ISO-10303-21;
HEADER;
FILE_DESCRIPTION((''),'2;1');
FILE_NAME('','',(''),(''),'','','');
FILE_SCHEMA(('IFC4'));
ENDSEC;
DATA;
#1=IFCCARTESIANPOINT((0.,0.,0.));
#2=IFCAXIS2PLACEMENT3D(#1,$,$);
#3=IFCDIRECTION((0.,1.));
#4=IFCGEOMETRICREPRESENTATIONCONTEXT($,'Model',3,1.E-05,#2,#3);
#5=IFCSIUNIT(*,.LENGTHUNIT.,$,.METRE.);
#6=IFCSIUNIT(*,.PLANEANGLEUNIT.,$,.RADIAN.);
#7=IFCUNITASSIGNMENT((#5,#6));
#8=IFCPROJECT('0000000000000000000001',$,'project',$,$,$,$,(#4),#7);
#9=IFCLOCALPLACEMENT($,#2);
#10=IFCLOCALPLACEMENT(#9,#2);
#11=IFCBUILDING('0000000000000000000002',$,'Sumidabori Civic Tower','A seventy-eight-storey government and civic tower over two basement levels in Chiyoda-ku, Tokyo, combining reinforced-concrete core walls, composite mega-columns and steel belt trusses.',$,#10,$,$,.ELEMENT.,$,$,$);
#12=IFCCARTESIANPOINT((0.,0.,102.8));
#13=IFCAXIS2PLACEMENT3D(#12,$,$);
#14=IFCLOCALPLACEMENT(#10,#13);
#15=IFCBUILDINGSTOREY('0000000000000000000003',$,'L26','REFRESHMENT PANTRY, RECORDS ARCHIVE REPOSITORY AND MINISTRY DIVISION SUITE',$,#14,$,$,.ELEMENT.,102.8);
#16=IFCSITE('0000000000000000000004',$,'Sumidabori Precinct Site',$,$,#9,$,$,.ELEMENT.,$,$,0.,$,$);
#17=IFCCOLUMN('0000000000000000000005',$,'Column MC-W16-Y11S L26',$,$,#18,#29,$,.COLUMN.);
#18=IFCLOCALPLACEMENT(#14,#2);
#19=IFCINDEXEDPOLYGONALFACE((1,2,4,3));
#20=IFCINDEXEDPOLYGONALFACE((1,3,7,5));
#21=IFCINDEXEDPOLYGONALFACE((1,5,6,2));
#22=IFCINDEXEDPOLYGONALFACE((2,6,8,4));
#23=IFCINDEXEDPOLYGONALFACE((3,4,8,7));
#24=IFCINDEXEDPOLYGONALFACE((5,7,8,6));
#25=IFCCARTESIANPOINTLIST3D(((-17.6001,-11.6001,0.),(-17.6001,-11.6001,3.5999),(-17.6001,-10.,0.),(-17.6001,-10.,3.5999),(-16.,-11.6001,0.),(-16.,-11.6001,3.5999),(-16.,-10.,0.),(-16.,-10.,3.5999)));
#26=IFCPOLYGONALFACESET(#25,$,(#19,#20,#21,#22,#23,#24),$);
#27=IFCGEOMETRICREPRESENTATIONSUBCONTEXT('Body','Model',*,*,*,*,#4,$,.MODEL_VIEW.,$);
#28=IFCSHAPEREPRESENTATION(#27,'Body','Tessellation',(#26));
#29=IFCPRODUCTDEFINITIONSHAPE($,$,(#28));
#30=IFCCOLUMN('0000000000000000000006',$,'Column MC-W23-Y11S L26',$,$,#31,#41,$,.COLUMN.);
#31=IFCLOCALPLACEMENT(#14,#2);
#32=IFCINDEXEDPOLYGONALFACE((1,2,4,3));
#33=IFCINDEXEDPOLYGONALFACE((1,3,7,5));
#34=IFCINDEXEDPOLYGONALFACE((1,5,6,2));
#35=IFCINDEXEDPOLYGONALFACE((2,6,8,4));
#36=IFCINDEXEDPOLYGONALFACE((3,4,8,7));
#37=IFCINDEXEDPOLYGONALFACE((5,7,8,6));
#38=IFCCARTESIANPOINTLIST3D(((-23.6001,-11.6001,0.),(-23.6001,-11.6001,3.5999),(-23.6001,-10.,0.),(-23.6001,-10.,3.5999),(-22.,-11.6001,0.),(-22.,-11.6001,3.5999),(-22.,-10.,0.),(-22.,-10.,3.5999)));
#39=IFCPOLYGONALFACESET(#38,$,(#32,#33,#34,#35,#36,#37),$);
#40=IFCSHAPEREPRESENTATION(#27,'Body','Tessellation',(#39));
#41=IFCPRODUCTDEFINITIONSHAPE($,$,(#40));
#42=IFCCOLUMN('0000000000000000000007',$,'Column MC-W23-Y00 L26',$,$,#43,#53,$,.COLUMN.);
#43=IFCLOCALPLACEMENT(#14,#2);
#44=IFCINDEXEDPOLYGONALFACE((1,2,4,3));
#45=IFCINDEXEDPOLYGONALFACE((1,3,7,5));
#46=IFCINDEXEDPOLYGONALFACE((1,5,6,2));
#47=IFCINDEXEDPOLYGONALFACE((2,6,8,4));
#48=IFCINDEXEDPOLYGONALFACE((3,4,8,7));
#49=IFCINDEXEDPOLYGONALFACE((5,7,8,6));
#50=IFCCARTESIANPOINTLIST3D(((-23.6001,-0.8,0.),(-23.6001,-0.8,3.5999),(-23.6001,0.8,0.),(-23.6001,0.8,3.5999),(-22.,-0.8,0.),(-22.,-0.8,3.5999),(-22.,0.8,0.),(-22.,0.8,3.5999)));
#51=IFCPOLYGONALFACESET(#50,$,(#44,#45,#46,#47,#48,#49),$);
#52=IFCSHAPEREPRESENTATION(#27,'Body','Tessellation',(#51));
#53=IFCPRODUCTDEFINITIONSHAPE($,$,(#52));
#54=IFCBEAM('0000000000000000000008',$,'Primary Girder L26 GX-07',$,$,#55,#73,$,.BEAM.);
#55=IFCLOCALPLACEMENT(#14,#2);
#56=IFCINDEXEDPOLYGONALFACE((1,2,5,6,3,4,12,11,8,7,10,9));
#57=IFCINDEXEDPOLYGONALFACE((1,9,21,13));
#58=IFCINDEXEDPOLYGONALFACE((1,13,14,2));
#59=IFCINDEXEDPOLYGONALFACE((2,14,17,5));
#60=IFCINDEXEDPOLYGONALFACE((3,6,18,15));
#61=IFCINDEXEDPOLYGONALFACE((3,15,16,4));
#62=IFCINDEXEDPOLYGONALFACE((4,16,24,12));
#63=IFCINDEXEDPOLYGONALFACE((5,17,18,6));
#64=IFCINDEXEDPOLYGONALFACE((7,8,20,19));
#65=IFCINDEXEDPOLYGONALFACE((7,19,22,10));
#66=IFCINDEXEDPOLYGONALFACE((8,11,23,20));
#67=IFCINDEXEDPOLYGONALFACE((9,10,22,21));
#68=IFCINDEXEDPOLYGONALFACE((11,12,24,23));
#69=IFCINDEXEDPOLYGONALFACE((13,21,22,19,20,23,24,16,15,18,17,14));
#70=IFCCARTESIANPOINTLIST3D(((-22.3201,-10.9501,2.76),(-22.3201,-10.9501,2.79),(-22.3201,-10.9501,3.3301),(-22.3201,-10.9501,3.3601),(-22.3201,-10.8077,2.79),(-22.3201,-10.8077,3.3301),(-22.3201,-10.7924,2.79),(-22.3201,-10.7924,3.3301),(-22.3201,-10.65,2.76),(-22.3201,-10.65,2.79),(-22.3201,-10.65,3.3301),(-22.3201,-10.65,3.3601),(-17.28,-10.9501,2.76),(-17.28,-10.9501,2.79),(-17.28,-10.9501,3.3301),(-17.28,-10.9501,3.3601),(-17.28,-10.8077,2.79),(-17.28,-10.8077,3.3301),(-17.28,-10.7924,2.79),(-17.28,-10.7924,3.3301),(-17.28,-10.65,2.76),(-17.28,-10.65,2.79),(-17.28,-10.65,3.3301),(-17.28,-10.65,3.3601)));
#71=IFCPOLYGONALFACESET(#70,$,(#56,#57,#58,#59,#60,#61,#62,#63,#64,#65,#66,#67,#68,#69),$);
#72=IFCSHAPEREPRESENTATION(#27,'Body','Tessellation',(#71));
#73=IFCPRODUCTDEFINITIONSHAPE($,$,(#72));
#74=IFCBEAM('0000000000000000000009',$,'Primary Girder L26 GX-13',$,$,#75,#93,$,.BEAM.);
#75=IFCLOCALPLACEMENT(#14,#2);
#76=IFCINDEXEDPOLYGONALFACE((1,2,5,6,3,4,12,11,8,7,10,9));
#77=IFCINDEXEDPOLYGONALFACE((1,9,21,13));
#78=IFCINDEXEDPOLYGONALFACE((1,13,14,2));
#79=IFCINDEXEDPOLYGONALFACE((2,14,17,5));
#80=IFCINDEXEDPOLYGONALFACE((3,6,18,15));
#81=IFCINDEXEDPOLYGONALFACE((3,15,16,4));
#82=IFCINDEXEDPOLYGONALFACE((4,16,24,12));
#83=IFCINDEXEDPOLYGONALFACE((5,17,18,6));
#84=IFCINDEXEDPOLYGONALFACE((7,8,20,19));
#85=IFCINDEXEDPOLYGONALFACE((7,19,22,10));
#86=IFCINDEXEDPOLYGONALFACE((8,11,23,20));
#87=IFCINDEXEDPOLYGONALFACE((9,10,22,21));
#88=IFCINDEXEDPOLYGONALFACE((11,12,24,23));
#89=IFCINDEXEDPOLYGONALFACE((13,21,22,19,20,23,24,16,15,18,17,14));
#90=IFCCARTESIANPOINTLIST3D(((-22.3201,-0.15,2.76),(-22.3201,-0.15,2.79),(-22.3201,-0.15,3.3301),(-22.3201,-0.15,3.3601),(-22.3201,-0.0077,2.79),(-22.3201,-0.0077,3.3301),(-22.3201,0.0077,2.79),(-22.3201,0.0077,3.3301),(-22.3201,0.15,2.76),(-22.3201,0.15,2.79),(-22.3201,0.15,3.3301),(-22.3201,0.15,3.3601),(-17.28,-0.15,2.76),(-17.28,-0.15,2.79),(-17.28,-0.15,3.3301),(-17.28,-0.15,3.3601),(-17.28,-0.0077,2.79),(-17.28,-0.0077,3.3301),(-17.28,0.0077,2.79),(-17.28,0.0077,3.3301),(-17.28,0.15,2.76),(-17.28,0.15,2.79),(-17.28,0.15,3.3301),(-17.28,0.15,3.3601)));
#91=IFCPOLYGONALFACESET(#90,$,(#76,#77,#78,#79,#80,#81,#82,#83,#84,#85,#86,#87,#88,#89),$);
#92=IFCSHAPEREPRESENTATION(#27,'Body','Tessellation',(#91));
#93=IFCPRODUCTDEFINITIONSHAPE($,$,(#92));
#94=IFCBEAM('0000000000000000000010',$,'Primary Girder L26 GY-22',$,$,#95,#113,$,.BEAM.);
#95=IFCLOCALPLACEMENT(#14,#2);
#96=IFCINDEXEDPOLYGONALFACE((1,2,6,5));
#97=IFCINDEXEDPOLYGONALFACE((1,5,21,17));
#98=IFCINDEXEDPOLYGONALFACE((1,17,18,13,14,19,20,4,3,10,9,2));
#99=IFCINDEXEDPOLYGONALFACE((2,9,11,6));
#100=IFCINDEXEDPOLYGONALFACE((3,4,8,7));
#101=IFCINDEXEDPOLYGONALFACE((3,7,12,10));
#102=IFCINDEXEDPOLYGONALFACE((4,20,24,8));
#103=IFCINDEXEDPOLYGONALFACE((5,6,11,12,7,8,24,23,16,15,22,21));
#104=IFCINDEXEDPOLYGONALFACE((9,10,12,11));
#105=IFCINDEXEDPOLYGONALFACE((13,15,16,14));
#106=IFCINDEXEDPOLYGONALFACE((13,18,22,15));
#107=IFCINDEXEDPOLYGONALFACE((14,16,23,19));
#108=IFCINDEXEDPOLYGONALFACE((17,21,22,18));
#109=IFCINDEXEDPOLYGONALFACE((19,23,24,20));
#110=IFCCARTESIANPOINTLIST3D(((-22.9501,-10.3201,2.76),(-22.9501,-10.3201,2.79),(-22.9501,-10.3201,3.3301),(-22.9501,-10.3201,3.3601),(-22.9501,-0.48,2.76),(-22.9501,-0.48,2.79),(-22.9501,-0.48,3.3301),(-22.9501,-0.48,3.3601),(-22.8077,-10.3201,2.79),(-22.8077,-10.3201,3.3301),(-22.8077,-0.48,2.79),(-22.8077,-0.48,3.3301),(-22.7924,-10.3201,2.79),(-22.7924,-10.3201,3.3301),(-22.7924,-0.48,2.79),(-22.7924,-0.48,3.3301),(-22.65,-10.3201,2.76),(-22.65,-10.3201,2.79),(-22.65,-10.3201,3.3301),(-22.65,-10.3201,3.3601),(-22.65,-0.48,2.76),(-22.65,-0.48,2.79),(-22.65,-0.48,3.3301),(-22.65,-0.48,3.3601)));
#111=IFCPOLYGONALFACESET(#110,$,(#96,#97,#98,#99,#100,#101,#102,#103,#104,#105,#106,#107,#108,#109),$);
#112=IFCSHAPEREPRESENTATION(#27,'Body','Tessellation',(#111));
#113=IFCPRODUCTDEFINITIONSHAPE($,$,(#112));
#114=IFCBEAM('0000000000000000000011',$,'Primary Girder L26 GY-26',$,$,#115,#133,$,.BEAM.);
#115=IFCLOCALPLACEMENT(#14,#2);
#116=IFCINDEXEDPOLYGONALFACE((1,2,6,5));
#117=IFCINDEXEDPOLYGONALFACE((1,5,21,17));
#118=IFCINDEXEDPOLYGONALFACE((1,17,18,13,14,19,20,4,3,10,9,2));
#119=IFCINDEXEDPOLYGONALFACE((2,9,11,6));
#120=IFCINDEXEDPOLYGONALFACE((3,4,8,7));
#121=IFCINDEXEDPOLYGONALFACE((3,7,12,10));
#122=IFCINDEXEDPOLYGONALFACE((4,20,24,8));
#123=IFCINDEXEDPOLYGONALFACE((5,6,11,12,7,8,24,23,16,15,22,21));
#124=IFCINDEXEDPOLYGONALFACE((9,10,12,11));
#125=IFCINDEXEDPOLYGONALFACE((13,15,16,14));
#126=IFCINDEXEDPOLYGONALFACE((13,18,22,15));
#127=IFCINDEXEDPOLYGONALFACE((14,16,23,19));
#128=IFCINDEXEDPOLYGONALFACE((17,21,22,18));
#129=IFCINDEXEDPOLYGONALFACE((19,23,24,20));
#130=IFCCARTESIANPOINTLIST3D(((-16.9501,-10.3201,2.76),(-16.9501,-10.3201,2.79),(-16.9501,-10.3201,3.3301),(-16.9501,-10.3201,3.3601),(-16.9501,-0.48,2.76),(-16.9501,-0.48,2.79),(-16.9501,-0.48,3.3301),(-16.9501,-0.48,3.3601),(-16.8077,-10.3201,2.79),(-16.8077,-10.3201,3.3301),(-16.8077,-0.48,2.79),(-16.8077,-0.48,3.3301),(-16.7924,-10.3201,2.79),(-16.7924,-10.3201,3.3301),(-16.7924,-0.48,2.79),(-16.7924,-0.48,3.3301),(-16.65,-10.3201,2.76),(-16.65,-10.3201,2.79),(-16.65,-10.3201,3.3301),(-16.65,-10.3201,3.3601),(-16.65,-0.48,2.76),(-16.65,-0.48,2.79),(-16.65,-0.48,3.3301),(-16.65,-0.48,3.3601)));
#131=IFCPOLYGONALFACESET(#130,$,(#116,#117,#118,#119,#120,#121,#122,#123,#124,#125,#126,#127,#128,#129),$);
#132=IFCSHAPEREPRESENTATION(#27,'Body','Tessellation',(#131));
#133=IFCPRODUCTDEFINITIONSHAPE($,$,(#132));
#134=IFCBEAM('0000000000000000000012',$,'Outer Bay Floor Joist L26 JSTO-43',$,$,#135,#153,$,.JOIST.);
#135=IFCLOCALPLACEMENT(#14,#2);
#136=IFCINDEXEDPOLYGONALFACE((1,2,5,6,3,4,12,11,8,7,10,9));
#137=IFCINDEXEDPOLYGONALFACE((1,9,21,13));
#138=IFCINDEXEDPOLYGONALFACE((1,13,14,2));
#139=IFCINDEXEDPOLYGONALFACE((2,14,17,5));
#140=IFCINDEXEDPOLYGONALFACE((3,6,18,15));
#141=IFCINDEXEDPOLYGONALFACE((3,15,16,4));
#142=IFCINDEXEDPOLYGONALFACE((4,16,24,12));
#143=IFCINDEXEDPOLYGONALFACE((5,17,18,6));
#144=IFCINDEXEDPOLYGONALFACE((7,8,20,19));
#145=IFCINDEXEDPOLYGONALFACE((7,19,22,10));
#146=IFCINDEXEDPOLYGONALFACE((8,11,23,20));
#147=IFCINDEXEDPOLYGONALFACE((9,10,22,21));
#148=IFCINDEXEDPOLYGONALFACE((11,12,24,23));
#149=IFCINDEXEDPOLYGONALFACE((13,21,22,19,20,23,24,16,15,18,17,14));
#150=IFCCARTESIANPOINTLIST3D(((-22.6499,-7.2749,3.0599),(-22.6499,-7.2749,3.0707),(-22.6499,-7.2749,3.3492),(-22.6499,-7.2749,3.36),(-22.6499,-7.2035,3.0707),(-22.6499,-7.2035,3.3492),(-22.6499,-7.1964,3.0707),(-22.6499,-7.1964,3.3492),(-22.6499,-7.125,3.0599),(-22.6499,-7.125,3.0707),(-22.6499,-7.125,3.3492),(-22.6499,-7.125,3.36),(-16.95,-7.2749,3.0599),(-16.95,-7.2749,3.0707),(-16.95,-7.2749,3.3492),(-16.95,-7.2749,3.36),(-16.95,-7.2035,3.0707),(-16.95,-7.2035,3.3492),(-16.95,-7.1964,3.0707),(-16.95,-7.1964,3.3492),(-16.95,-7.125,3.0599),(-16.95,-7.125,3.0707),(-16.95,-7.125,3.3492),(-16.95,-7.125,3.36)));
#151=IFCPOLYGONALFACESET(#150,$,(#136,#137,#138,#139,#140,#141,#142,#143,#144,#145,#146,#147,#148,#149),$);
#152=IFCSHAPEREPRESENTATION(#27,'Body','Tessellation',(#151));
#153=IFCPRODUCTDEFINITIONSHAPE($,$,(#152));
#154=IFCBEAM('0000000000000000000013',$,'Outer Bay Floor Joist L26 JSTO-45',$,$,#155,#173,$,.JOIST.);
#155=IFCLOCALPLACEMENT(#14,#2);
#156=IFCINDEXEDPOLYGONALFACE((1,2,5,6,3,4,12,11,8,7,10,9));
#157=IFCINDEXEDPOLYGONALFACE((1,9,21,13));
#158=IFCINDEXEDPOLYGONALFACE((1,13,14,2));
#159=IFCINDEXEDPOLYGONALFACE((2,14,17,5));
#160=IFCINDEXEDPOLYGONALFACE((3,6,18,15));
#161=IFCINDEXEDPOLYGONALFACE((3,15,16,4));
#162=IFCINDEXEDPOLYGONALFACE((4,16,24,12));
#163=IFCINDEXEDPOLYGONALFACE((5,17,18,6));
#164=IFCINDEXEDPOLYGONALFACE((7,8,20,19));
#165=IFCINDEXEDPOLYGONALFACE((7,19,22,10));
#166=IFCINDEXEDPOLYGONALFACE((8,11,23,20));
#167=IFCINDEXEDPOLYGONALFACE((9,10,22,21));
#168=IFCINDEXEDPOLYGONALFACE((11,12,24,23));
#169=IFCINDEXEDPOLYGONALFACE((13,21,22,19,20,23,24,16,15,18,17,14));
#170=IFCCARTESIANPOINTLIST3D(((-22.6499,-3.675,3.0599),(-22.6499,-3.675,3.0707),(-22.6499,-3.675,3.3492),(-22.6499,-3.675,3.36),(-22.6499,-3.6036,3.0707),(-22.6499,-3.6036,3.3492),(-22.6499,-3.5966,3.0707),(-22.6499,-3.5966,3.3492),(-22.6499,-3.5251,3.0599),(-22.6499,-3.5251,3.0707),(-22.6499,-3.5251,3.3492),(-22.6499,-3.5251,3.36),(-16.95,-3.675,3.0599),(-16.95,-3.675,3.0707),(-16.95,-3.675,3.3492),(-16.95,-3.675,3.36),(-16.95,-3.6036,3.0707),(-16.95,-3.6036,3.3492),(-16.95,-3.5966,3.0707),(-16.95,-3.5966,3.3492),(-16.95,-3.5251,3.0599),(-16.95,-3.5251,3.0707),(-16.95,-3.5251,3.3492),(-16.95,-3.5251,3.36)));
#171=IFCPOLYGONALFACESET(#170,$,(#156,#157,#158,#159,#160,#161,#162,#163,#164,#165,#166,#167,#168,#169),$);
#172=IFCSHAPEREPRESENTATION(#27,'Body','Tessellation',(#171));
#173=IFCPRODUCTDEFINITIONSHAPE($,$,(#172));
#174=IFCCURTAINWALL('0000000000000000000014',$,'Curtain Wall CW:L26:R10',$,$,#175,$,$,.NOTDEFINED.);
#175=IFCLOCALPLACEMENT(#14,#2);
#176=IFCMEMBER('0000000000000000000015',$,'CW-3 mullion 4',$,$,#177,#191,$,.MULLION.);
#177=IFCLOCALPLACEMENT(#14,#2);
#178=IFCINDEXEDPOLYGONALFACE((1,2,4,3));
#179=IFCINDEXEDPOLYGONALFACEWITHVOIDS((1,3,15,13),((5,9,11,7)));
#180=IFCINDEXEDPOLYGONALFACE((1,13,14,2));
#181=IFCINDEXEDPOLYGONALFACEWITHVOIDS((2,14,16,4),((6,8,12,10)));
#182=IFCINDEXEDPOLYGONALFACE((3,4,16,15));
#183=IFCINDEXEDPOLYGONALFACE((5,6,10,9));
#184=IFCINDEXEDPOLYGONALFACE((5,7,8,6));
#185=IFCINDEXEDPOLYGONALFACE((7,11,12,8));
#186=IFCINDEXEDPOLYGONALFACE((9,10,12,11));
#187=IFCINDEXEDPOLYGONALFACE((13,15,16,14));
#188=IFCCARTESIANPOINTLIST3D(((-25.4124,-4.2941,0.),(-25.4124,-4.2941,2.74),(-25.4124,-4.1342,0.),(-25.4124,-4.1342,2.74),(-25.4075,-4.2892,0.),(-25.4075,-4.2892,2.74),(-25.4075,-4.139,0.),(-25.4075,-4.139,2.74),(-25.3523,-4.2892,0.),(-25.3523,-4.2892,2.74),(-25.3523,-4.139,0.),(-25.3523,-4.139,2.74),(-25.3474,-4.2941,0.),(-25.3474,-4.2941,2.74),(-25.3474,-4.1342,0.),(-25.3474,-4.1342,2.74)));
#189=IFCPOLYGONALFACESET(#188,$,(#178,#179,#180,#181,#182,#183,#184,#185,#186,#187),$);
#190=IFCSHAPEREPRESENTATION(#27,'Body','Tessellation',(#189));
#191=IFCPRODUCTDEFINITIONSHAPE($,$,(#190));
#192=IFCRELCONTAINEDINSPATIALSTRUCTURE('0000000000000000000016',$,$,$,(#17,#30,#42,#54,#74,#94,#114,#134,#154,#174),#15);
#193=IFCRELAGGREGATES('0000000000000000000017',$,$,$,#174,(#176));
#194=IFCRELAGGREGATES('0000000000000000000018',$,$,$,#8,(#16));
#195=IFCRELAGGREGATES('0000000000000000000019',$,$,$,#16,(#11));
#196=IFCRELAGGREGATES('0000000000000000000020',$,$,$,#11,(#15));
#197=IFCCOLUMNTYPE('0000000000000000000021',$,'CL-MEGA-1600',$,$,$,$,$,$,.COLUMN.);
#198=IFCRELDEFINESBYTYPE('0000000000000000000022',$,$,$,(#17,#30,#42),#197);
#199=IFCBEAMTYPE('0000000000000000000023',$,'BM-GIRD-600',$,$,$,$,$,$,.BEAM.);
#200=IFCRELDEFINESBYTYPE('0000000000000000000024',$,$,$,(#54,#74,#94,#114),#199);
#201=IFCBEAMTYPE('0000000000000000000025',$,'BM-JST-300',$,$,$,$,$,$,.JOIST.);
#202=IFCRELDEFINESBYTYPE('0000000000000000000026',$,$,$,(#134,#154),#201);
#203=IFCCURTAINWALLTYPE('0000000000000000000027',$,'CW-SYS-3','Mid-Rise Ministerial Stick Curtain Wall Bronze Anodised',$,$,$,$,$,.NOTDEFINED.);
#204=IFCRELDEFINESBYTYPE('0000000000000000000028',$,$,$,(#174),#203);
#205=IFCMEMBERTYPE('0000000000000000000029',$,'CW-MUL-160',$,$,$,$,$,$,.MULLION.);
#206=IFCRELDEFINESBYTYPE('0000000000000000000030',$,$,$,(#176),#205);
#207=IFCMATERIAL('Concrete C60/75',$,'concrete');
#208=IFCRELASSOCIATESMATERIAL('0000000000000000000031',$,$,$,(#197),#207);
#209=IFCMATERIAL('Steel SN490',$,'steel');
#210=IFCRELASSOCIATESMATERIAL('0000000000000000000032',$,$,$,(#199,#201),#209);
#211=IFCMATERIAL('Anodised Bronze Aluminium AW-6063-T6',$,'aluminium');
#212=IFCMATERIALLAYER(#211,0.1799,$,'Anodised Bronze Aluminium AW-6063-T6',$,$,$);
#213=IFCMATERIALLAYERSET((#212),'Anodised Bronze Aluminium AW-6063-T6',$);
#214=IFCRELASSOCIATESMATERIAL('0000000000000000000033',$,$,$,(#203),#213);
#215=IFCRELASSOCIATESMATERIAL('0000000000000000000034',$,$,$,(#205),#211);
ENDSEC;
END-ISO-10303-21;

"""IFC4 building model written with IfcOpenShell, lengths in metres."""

from ifc_helpers import new_model, si_unit, direction, frame, origin, origin_2d, place, context, subcontext, project, spatial, rectangle, hollow_rectangle, i_section, extrude, source, transform, mapped, material, layer, layer_set, material_profile, profile_set, type_object, element, aggregate, save


model = new_model("IFC4")

# Units and contexts
model_context = context("Model", 3, precision=1e-05, world=origin(), true_north=direction((0.0, 1.0)))
body_context = subcontext(model_context, "Body", "Model", "MODEL_VIEW")
ifc_project = project(units=[si_unit("LENGTHUNIT", "METRE"), si_unit("PLANEANGLEUNIT", "RADIAN")], contexts=[model_context])

# Site, building, storey
site_placement = place(None, origin())
site = spatial("IfcSite", under=ifc_project, at=site_placement, Name="Sumidabori Precinct Site", CompositionType="ELEMENT", RefElevation=0.0)
building_placement = place(site_placement, origin())
building = spatial("IfcBuilding", under=site, at=building_placement, Name="Sumidabori Civic Tower", Description="A seventy-eight-storey government and civic tower over two basement levels in Chiyoda-ku, Tokyo, combining reinforced-concrete core walls, composite mega-columns and steel belt trusses.", CompositionType="ELEMENT")
storey_placement = place(building_placement, frame((0.0, 0.0, 102.8)))
storey = spatial("IfcBuildingStorey", under=building, at=storey_placement, Name="L26", Description="REFRESHMENT PANTRY, RECORDS ARCHIVE REPOSITORY AND MINISTRY DIVISION SUITE", CompositionType="ELEMENT", Elevation=102.8)

# Columns
ifc_material_1 = material(Name="Concrete C60/75", Category="concrete")
ifc_material_profile_1 = material_profile(ifc_material_1, rectangle(XDim=1.6001, YDim=1.6001, at=origin_2d()), Name="RC 1600x1600")
ifc_profile_set_1 = profile_set([ifc_material_profile_1], Name="Concrete C60/75")
column_type = type_object("IfcColumnType", Name="CL-MEGA-1600", PredefinedType="COLUMN", material=ifc_profile_set_1)
shared_shape_1 = source(origin(), body_context, "Body", "SweptSolid", [
    extrude(rectangle(XDim=1.6001, YDim=1.6001, at=origin_2d()), origin(), (0.0, 0.0, 1.0), 3.5999),
])
for number, where, z_axis, x_axis, name in (
    (1, (-16.8, -10.8, 0.0), (0.0, 0.0, 1.0), (1.0, 0.0, 0.0), "Column MC-W16-Y11S L26"),
    (2, (-22.8, -10.8, 0.0), (0.0, 0.0, 1.0), (1.0, 0.0, 0.0), "Column MC-W23-Y11S L26"),
    (3, (-22.8, 0.0, 0.0), (0.0, 0.0, 1.0), (1.0, 0.0, 0.0), "Column MC-W23-Y00 L26"),
):
    element("IfcColumn", number, at=place(storey_placement, frame(where, z_axis=z_axis, x_axis=x_axis)), inside=storey, type_object=column_type, Name=name, PredefinedType="COLUMN", context=body_context, shape_type="MappedRepresentation", body=[
        mapped(shared_shape_1, transform((0.0, 0.0, 0.0), x_axis=(1.0, 0.0, 0.0), y_axis=(0.0, 1.0, 0.0), z_axis=(0.0, 0.0, 1.0), scale=1.0)),
    ])

# Beams
ifc_material_2 = material(Name="Steel SN490", Category="steel")
ifc_material_profile_2 = material_profile(ifc_material_2, i_section(OverallWidth=0.3, OverallDepth=0.6001, WebThickness=0.0154, FlangeThickness=0.03, at=origin_2d()), Name="HE 600 B")
ifc_profile_set_2 = profile_set([ifc_material_profile_2], Name="Steel SN490")
beam_type_1 = type_object("IfcBeamType", Name="BM-GIRD-600", PredefinedType="BEAM", material=ifc_profile_set_2)
shared_shape_2 = source(origin(), body_context, "Body", "SweptSolid", [
    extrude(i_section(OverallWidth=0.3, OverallDepth=0.6001, WebThickness=0.0154, FlangeThickness=0.03, at=origin_2d()), origin(), (0.0, 0.0, 1.0), 5.04),
])
for number, where, z_axis, x_axis, name in (
    (4, (-22.3201, -10.8, 3.0601), (1.0, 0.0, 0.0), (0.0, 1.0, 0.0), "Primary Girder L26 GX-07"),
    (5, (-22.3201, 0.0, 3.0601), (1.0, 0.0, 0.0), (0.0, 1.0, 0.0), "Primary Girder L26 GX-13"),
):
    element("IfcBeam", number, at=place(storey_placement, frame(where, z_axis=z_axis, x_axis=x_axis)), inside=storey, type_object=beam_type_1, Name=name, PredefinedType="BEAM", context=body_context, shape_type="MappedRepresentation", body=[
        mapped(shared_shape_2, transform((0.0, 0.0, 0.0), x_axis=(1.0, 0.0, 0.0), y_axis=(0.0, 1.0, 0.0), z_axis=(0.0, 0.0, 1.0), scale=1.0)),
    ])
shared_shape_3 = source(origin(), body_context, "Body", "SweptSolid", [
    extrude(i_section(OverallWidth=0.3, OverallDepth=0.6001, WebThickness=0.0154, FlangeThickness=0.03, at=origin_2d()), origin(), (0.0, 0.0, 1.0), 9.8401),
])
for number, where, z_axis, x_axis, name in (
    (6, (-22.8, -10.3201, 3.0601), (0.0, 1.0, 0.0), (-1.0, 0.0, 0.0), "Primary Girder L26 GY-22"),
    (7, (-16.8, -10.3201, 3.0601), (0.0, 1.0, 0.0), (-1.0, 0.0, 0.0), "Primary Girder L26 GY-26"),
):
    element("IfcBeam", number, at=place(storey_placement, frame(where, z_axis=z_axis, x_axis=x_axis)), inside=storey, type_object=beam_type_1, Name=name, PredefinedType="BEAM", context=body_context, shape_type="MappedRepresentation", body=[
        mapped(shared_shape_3, transform((0.0, 0.0, 0.0), x_axis=(1.0, 0.0, 0.0), y_axis=(0.0, 1.0, 0.0), z_axis=(0.0, 0.0, 1.0), scale=1.0)),
    ])
ifc_material_profile_3 = material_profile(ifc_material_2, i_section(OverallWidth=0.1499, OverallDepth=0.3, WebThickness=0.0071, FlangeThickness=0.0107, at=origin_2d()), Name="IPE 300")
ifc_profile_set_3 = profile_set([ifc_material_profile_3], Name="Steel SN490")
beam_type_2 = type_object("IfcBeamType", Name="BM-JST-300", PredefinedType="JOIST", material=ifc_profile_set_3)
shared_shape_4 = source(origin(), body_context, "Body", "SweptSolid", [
    extrude(i_section(OverallWidth=0.1499, OverallDepth=0.3, WebThickness=0.0071, FlangeThickness=0.0107, at=origin_2d()), origin(), (0.0, 0.0, 1.0), 5.7),
])
for number, where, z_axis, x_axis, name in (
    (8, (-22.6499, -7.2, 3.21), (1.0, 0.0, 0.0), (0.0, 1.0, 0.0), "Outer Bay Floor Joist L26 JSTO-43"),
    (9, (-22.6499, -3.6001, 3.21), (1.0, 0.0, 0.0), (0.0, 1.0, 0.0), "Outer Bay Floor Joist L26 JSTO-45"),
):
    element("IfcBeam", number, at=place(storey_placement, frame(where, z_axis=z_axis, x_axis=x_axis)), inside=storey, type_object=beam_type_2, Name=name, PredefinedType="JOIST", context=body_context, shape_type="MappedRepresentation", body=[
        mapped(shared_shape_4, transform((0.0, 0.0, 0.0), x_axis=(1.0, 0.0, 0.0), y_axis=(0.0, 1.0, 0.0), z_axis=(0.0, 0.0, 1.0), scale=1.0)),
    ])

# Curtain wall, member
ifc_material_3 = material(Name="Anodised Bronze Aluminium AW-6063-T6", Category="aluminium")
ifc_layer_1 = layer(ifc_material_3, 0.1799, Name="Anodised Bronze Aluminium AW-6063-T6")
ifc_layer_set_1 = layer_set([ifc_layer_1], Name="Anodised Bronze Aluminium AW-6063-T6")
curtain_wall_type = type_object("IfcCurtainWallType", Name="CW-SYS-3", Description="Mid-Rise Ministerial Stick Curtain Wall Bronze Anodised", PredefinedType="NOTDEFINED", material=ifc_layer_set_1)
curtain_wall_placement = place(storey_placement, origin())
curtain_wall = element("IfcCurtainWall", 10, at=curtain_wall_placement, inside=storey, type_object=curtain_wall_type, Name="Curtain Wall CW:L26:R10", PredefinedType="NOTDEFINED")
ifc_material_profile_4 = material_profile(ifc_material_3, hollow_rectangle(XDim=0.0649, YDim=0.1599, WallThickness=0.0049, at=origin_2d()), Name="ALU MULLION 160x65")
ifc_profile_set_4 = profile_set([ifc_material_profile_4], Name="Anodised Bronze Aluminium AW-6063-T6")
member_type_1 = type_object("IfcMemberType", Name="CW-MUL-160", PredefinedType="MULLION", material=ifc_profile_set_4)
shared_shape_5 = source(origin(), body_context, "Body", "SweptSolid", [
    extrude(hollow_rectangle(XDim=0.0649, YDim=0.1599, WallThickness=0.0049, at=origin_2d()), origin(), (0.0, 0.0, 1.0), 2.74),
])
member_1_placement = place(storey_placement, frame((-25.3799, -4.2141, 0.0), z_axis=(0.0, 0.0, 1.0), x_axis=(1.0, 0.0, 0.0)))
member_1 = element("IfcMember", 11, at=member_1_placement, type_object=member_type_1, Name="CW-3 mullion 4", PredefinedType="MULLION", context=body_context, shape_type="MappedRepresentation", body=[
    mapped(shared_shape_5, transform((0.0, 0.0, 0.0), x_axis=(1.0, 0.0, 0.0), y_axis=(0.0, 1.0, 0.0), z_axis=(0.0, 0.0, 1.0), scale=1.0)),
])
aggregate(curtain_wall, [member_1])

save(model, "model.ifc")
